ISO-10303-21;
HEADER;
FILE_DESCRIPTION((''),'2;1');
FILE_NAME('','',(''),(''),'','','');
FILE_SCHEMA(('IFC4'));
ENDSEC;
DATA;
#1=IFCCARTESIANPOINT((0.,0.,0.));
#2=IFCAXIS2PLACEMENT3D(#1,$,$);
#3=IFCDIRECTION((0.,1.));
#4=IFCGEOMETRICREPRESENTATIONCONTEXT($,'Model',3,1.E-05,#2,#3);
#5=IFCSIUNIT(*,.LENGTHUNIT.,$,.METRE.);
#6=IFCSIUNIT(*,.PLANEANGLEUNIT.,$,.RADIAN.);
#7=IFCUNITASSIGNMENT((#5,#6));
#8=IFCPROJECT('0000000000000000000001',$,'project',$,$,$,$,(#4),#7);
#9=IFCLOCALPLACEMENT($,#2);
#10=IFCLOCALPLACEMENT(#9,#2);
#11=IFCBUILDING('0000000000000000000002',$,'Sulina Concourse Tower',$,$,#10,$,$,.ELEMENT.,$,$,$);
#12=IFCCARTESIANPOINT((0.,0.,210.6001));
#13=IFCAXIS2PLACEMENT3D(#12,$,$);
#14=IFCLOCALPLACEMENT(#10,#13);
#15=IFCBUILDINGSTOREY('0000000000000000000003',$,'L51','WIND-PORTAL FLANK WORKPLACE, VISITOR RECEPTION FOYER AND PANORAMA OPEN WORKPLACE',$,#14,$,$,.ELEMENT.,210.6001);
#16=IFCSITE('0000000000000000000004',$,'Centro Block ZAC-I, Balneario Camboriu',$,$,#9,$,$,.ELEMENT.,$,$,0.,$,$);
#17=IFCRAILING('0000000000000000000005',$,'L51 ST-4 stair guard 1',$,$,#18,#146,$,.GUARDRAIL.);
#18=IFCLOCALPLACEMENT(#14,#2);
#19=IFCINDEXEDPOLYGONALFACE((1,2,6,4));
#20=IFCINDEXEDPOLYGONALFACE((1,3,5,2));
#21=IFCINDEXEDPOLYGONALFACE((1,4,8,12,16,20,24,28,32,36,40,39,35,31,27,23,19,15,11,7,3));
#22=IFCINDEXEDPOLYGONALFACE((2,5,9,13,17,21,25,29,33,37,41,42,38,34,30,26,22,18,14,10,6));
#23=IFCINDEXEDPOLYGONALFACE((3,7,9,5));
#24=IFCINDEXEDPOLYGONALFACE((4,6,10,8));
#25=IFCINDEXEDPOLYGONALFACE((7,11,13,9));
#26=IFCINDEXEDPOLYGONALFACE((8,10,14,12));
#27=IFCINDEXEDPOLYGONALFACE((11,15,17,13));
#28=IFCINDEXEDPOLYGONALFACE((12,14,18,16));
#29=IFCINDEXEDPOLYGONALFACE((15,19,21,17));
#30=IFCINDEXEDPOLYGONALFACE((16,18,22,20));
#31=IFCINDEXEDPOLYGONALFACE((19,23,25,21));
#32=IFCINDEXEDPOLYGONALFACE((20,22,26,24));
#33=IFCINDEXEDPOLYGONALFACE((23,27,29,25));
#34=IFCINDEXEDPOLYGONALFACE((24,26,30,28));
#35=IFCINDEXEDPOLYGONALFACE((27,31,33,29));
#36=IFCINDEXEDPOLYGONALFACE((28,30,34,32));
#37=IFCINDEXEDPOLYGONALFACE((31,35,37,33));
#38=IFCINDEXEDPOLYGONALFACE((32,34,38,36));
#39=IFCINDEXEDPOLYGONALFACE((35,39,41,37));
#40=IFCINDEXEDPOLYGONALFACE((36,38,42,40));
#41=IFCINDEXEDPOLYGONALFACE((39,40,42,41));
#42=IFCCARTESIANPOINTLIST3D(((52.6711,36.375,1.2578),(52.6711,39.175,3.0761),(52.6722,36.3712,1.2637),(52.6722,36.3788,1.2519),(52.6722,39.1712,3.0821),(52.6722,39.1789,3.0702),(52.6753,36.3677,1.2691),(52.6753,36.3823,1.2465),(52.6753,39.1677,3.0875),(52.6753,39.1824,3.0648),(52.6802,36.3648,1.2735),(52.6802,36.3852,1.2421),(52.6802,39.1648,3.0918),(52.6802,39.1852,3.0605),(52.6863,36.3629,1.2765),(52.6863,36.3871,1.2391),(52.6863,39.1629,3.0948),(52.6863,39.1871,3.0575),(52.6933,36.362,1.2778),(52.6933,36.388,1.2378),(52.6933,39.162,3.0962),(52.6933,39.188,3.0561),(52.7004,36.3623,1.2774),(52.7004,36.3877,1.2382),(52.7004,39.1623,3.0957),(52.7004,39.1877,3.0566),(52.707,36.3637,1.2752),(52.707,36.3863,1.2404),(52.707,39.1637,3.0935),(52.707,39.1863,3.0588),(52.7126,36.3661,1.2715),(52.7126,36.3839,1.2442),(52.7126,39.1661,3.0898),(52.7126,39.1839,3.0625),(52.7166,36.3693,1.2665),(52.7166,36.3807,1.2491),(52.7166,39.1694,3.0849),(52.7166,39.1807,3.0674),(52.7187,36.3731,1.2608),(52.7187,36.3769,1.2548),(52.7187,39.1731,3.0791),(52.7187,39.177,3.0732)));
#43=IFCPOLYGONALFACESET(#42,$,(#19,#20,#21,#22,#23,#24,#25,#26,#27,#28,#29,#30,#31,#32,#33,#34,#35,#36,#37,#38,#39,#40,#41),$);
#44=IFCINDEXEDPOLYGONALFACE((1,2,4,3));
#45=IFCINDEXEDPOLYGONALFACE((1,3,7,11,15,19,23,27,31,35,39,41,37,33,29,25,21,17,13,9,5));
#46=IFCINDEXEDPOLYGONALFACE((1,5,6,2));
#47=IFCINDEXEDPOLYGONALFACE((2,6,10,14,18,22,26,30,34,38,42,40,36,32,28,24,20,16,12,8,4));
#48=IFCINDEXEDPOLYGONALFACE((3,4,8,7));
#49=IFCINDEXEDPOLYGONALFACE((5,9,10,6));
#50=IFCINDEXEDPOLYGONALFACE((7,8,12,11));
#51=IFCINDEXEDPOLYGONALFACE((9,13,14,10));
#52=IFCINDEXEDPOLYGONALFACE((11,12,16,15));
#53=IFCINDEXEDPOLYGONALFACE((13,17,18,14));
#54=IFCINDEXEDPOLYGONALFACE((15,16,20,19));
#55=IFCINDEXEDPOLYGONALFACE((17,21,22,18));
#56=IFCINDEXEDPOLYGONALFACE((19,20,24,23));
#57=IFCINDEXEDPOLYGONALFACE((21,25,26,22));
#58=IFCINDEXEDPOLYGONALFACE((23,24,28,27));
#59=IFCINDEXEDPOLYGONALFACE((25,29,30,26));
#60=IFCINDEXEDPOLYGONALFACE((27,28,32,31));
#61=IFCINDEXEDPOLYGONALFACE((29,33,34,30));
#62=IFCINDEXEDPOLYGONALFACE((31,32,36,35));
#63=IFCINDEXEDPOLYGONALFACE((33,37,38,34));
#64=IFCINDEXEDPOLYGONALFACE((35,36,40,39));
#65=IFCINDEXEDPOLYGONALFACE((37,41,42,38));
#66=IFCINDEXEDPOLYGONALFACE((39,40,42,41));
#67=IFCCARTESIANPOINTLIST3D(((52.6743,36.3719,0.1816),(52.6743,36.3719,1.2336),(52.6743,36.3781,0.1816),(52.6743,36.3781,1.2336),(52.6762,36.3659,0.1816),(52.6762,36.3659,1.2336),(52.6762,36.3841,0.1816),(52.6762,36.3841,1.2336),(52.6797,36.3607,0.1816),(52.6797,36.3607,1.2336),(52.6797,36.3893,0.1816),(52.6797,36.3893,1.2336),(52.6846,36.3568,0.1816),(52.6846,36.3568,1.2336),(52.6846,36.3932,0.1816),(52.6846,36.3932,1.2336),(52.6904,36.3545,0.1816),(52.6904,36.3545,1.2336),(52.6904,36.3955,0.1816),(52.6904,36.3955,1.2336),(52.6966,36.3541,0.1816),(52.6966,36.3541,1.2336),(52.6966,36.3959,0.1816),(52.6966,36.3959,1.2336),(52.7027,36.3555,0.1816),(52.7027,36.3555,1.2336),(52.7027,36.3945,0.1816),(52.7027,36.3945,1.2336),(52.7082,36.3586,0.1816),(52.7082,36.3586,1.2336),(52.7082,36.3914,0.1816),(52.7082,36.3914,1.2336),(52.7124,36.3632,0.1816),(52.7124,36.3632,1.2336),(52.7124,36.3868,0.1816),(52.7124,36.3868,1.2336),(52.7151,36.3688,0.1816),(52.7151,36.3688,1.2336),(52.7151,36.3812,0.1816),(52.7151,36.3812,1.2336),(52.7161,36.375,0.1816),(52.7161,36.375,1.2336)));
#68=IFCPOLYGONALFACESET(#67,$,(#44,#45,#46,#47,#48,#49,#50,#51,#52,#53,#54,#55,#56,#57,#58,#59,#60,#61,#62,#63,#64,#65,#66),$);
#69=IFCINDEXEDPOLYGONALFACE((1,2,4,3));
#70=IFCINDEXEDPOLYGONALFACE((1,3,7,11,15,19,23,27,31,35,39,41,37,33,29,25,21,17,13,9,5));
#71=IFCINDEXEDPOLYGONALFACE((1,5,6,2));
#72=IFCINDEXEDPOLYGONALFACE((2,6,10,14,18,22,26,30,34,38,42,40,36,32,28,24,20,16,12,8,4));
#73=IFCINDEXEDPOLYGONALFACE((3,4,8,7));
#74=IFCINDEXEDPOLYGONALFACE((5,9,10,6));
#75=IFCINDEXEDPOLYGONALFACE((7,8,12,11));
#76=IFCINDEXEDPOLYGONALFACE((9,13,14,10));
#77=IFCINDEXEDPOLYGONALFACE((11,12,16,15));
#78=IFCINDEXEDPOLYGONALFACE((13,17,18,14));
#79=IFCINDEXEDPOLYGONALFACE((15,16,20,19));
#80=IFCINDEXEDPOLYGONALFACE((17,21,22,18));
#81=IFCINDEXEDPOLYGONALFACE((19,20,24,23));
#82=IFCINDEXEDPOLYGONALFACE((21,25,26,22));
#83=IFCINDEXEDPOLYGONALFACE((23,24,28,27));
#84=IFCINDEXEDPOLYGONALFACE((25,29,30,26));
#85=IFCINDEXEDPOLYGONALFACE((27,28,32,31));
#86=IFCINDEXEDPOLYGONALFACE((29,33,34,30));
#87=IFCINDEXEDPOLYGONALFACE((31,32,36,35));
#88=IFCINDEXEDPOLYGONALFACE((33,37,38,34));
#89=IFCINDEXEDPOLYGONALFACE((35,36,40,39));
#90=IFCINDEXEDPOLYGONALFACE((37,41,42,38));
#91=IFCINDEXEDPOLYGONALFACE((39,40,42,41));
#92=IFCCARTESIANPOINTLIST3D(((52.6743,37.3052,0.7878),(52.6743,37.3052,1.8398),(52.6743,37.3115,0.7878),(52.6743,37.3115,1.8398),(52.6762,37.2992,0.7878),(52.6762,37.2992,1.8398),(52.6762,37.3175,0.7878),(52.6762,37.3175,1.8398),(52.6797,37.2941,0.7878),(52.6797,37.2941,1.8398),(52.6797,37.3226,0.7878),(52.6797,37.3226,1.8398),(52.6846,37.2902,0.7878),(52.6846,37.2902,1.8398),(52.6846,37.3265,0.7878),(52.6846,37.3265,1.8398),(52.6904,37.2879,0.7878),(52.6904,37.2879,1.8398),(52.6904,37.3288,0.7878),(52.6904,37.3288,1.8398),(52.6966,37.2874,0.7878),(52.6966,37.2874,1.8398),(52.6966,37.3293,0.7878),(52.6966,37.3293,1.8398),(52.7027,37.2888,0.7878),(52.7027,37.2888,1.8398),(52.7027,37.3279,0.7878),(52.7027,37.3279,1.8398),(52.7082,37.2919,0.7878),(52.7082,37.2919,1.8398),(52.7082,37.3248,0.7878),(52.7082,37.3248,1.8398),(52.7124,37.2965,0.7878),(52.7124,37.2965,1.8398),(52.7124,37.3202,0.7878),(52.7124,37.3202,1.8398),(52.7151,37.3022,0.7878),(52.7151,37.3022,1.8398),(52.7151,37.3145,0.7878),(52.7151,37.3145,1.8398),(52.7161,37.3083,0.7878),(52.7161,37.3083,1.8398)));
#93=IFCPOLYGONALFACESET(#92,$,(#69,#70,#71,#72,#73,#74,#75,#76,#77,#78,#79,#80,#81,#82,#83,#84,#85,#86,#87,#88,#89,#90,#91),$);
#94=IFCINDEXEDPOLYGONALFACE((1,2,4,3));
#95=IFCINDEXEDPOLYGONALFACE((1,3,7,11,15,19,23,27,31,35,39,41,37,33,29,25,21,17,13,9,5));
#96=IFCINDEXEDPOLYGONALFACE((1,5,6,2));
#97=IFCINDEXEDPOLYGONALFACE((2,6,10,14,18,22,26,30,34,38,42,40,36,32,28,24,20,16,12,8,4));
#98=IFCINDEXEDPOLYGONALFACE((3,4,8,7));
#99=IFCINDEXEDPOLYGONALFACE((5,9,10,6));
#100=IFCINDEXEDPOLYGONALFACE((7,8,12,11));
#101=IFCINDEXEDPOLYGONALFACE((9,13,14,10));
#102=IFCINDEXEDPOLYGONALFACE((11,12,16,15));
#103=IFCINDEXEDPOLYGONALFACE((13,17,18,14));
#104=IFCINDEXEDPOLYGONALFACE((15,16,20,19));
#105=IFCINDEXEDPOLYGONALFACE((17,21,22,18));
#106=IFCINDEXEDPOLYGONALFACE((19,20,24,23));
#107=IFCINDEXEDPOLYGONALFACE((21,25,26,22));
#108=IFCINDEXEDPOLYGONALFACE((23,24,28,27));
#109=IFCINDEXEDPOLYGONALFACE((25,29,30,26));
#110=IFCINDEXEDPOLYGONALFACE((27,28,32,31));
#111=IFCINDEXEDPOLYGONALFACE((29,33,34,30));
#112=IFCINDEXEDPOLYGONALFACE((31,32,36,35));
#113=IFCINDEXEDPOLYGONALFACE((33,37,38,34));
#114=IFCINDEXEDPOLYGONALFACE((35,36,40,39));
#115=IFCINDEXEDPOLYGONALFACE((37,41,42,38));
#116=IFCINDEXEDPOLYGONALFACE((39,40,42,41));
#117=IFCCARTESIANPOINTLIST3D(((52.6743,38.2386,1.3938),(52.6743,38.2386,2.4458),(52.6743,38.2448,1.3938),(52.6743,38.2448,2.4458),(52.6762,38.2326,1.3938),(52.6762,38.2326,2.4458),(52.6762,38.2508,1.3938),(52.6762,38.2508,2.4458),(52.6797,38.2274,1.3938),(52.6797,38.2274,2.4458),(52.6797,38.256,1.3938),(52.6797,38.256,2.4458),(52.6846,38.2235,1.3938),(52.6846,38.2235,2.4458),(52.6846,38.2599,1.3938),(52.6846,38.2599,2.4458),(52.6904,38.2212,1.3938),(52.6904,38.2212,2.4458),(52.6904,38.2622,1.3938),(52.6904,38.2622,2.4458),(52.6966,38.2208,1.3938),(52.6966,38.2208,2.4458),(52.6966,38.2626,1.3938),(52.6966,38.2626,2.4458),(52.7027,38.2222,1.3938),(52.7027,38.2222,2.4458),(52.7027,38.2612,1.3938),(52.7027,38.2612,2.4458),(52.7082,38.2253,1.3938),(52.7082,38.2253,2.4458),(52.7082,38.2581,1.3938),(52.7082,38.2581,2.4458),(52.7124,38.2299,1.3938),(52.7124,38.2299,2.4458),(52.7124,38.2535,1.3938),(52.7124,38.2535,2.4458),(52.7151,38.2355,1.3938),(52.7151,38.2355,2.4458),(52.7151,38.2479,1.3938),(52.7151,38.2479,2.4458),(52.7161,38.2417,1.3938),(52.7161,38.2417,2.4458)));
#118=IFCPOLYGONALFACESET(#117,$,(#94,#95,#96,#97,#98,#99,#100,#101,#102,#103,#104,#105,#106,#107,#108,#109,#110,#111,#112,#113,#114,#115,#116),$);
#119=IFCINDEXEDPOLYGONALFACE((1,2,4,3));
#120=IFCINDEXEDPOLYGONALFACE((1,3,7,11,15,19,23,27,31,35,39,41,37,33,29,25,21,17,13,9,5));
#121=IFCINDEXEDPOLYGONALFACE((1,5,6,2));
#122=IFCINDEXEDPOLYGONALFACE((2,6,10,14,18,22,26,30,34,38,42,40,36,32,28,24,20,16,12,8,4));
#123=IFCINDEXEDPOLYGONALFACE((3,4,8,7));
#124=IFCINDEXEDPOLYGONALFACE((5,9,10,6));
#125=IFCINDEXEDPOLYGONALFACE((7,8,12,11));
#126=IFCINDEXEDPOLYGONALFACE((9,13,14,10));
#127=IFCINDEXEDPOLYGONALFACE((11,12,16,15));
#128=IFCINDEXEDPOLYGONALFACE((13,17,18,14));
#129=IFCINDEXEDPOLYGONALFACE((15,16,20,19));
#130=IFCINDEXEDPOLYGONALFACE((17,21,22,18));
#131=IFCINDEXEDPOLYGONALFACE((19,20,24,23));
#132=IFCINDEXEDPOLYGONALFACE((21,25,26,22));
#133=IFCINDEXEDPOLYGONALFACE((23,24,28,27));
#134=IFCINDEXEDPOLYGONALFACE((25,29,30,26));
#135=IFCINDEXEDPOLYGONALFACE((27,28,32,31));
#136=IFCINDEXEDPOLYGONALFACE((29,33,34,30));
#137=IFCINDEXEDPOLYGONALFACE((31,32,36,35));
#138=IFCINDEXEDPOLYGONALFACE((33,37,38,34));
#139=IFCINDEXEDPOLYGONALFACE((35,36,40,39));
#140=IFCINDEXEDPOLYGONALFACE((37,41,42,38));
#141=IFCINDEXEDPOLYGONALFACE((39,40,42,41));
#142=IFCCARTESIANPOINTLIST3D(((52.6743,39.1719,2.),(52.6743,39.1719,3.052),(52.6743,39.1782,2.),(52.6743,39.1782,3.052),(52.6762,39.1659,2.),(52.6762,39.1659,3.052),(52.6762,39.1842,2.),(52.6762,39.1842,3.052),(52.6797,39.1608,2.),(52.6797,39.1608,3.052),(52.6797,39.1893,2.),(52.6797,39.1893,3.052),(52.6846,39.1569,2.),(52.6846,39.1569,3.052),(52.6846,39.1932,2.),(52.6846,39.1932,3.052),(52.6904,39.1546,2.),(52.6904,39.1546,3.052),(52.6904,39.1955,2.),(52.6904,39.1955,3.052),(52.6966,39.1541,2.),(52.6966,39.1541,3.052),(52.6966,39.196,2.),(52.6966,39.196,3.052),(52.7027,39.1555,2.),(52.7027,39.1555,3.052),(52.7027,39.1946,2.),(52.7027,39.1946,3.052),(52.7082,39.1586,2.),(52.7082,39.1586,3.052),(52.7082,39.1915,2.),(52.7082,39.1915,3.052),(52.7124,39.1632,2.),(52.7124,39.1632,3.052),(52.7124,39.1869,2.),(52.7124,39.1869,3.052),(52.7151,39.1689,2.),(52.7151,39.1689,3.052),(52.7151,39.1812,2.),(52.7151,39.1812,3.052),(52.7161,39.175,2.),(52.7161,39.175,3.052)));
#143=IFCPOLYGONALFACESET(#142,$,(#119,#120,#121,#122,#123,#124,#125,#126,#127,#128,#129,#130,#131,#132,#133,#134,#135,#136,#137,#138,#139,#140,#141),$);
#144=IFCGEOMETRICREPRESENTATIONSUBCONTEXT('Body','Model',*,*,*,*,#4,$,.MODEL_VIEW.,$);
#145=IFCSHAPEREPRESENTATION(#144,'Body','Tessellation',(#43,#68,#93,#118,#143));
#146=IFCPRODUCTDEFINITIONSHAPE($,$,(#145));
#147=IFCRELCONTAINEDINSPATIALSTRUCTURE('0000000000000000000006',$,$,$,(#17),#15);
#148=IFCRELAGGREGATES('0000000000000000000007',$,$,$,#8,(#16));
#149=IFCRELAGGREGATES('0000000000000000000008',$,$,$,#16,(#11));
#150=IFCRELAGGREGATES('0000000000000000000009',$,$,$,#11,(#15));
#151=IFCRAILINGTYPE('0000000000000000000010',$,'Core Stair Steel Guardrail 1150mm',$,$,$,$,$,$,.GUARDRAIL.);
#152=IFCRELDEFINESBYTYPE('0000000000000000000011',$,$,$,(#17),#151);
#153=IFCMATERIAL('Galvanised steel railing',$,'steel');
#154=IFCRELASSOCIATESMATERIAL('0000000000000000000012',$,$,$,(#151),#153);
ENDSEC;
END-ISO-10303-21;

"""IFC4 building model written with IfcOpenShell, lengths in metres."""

from ifc_helpers import new_model, si_unit, direction, frame, origin, origin_2d, place, context, subcontext, project, spatial, circle, extrude, material, type_object, element, save


model = new_model("IFC4")

# Units and contexts
model_context = context("Model", 3, precision=1e-05, world=origin(), true_north=direction((0.0, 1.0)))
body_context = subcontext(model_context, "Body", "Model", "MODEL_VIEW")
ifc_project = project(units=[si_unit("LENGTHUNIT", "METRE"), si_unit("PLANEANGLEUNIT", "RADIAN")], contexts=[model_context])

# Site, building, storey
site_placement = place(None, origin())
site = spatial("IfcSite", under=ifc_project, at=site_placement, Name="Centro Block ZAC-I, Balneario Camboriu", CompositionType="ELEMENT", RefElevation=0.0)
building_placement = place(site_placement, origin())
building = spatial("IfcBuilding", under=site, at=building_placement, Name="Sulina Concourse Tower", CompositionType="ELEMENT")
storey_placement = place(building_placement, frame((0.0, 0.0, 210.6001)))
storey = spatial("IfcBuildingStorey", under=building, at=storey_placement, Name="L51", Description="WIND-PORTAL FLANK WORKPLACE, VISITOR RECEPTION FOYER AND PANORAMA OPEN WORKPLACE", CompositionType="ELEMENT", Elevation=210.6001)

# Railing
ifc_material_1 = material(Name="Galvanised steel railing", Category="steel")
railing_type_1 = type_object("IfcRailingType", Name="Core Stair Steel Guardrail 1150mm", PredefinedType="GUARDRAIL", material=ifc_material_1)
railing_1_placement = place(storey_placement, frame((52.6951, 36.375, 0.1816)))
element("IfcRailing", 1, at=railing_1_placement, inside=storey, type_object=railing_type_1, Name="L51 ST-4 stair guard 1", PredefinedType="GUARDRAIL", context=body_context, shape_type="SweptSolid", body=[
    extrude(circle(Radius=0.0239, at=origin_2d()), frame((0.0, 0.0, 1.0762), z_axis=(0.0, 0.838672, 0.544636), x_axis=(-1.0, 0.0, 0.0)), (0.0, 0.0, 1.0), 3.3386),
    extrude(circle(Radius=0.021, at=origin_2d()), origin(), (0.0, 0.0, 1.0), 1.052),
    extrude(circle(Radius=0.021, at=origin_2d()), frame((0.0, 0.9333, 0.6062)), (0.0, 0.0, 1.0), 1.052),
    extrude(circle(Radius=0.021, at=origin_2d()), frame((0.0, 1.8667, 1.2122)), (0.0, 0.0, 1.0), 1.052),
    extrude(circle(Radius=0.021, at=origin_2d()), frame((0.0, 2.8, 1.8184)), (0.0, 0.0, 1.0), 1.052),
])

save(model, "model.ifc")
